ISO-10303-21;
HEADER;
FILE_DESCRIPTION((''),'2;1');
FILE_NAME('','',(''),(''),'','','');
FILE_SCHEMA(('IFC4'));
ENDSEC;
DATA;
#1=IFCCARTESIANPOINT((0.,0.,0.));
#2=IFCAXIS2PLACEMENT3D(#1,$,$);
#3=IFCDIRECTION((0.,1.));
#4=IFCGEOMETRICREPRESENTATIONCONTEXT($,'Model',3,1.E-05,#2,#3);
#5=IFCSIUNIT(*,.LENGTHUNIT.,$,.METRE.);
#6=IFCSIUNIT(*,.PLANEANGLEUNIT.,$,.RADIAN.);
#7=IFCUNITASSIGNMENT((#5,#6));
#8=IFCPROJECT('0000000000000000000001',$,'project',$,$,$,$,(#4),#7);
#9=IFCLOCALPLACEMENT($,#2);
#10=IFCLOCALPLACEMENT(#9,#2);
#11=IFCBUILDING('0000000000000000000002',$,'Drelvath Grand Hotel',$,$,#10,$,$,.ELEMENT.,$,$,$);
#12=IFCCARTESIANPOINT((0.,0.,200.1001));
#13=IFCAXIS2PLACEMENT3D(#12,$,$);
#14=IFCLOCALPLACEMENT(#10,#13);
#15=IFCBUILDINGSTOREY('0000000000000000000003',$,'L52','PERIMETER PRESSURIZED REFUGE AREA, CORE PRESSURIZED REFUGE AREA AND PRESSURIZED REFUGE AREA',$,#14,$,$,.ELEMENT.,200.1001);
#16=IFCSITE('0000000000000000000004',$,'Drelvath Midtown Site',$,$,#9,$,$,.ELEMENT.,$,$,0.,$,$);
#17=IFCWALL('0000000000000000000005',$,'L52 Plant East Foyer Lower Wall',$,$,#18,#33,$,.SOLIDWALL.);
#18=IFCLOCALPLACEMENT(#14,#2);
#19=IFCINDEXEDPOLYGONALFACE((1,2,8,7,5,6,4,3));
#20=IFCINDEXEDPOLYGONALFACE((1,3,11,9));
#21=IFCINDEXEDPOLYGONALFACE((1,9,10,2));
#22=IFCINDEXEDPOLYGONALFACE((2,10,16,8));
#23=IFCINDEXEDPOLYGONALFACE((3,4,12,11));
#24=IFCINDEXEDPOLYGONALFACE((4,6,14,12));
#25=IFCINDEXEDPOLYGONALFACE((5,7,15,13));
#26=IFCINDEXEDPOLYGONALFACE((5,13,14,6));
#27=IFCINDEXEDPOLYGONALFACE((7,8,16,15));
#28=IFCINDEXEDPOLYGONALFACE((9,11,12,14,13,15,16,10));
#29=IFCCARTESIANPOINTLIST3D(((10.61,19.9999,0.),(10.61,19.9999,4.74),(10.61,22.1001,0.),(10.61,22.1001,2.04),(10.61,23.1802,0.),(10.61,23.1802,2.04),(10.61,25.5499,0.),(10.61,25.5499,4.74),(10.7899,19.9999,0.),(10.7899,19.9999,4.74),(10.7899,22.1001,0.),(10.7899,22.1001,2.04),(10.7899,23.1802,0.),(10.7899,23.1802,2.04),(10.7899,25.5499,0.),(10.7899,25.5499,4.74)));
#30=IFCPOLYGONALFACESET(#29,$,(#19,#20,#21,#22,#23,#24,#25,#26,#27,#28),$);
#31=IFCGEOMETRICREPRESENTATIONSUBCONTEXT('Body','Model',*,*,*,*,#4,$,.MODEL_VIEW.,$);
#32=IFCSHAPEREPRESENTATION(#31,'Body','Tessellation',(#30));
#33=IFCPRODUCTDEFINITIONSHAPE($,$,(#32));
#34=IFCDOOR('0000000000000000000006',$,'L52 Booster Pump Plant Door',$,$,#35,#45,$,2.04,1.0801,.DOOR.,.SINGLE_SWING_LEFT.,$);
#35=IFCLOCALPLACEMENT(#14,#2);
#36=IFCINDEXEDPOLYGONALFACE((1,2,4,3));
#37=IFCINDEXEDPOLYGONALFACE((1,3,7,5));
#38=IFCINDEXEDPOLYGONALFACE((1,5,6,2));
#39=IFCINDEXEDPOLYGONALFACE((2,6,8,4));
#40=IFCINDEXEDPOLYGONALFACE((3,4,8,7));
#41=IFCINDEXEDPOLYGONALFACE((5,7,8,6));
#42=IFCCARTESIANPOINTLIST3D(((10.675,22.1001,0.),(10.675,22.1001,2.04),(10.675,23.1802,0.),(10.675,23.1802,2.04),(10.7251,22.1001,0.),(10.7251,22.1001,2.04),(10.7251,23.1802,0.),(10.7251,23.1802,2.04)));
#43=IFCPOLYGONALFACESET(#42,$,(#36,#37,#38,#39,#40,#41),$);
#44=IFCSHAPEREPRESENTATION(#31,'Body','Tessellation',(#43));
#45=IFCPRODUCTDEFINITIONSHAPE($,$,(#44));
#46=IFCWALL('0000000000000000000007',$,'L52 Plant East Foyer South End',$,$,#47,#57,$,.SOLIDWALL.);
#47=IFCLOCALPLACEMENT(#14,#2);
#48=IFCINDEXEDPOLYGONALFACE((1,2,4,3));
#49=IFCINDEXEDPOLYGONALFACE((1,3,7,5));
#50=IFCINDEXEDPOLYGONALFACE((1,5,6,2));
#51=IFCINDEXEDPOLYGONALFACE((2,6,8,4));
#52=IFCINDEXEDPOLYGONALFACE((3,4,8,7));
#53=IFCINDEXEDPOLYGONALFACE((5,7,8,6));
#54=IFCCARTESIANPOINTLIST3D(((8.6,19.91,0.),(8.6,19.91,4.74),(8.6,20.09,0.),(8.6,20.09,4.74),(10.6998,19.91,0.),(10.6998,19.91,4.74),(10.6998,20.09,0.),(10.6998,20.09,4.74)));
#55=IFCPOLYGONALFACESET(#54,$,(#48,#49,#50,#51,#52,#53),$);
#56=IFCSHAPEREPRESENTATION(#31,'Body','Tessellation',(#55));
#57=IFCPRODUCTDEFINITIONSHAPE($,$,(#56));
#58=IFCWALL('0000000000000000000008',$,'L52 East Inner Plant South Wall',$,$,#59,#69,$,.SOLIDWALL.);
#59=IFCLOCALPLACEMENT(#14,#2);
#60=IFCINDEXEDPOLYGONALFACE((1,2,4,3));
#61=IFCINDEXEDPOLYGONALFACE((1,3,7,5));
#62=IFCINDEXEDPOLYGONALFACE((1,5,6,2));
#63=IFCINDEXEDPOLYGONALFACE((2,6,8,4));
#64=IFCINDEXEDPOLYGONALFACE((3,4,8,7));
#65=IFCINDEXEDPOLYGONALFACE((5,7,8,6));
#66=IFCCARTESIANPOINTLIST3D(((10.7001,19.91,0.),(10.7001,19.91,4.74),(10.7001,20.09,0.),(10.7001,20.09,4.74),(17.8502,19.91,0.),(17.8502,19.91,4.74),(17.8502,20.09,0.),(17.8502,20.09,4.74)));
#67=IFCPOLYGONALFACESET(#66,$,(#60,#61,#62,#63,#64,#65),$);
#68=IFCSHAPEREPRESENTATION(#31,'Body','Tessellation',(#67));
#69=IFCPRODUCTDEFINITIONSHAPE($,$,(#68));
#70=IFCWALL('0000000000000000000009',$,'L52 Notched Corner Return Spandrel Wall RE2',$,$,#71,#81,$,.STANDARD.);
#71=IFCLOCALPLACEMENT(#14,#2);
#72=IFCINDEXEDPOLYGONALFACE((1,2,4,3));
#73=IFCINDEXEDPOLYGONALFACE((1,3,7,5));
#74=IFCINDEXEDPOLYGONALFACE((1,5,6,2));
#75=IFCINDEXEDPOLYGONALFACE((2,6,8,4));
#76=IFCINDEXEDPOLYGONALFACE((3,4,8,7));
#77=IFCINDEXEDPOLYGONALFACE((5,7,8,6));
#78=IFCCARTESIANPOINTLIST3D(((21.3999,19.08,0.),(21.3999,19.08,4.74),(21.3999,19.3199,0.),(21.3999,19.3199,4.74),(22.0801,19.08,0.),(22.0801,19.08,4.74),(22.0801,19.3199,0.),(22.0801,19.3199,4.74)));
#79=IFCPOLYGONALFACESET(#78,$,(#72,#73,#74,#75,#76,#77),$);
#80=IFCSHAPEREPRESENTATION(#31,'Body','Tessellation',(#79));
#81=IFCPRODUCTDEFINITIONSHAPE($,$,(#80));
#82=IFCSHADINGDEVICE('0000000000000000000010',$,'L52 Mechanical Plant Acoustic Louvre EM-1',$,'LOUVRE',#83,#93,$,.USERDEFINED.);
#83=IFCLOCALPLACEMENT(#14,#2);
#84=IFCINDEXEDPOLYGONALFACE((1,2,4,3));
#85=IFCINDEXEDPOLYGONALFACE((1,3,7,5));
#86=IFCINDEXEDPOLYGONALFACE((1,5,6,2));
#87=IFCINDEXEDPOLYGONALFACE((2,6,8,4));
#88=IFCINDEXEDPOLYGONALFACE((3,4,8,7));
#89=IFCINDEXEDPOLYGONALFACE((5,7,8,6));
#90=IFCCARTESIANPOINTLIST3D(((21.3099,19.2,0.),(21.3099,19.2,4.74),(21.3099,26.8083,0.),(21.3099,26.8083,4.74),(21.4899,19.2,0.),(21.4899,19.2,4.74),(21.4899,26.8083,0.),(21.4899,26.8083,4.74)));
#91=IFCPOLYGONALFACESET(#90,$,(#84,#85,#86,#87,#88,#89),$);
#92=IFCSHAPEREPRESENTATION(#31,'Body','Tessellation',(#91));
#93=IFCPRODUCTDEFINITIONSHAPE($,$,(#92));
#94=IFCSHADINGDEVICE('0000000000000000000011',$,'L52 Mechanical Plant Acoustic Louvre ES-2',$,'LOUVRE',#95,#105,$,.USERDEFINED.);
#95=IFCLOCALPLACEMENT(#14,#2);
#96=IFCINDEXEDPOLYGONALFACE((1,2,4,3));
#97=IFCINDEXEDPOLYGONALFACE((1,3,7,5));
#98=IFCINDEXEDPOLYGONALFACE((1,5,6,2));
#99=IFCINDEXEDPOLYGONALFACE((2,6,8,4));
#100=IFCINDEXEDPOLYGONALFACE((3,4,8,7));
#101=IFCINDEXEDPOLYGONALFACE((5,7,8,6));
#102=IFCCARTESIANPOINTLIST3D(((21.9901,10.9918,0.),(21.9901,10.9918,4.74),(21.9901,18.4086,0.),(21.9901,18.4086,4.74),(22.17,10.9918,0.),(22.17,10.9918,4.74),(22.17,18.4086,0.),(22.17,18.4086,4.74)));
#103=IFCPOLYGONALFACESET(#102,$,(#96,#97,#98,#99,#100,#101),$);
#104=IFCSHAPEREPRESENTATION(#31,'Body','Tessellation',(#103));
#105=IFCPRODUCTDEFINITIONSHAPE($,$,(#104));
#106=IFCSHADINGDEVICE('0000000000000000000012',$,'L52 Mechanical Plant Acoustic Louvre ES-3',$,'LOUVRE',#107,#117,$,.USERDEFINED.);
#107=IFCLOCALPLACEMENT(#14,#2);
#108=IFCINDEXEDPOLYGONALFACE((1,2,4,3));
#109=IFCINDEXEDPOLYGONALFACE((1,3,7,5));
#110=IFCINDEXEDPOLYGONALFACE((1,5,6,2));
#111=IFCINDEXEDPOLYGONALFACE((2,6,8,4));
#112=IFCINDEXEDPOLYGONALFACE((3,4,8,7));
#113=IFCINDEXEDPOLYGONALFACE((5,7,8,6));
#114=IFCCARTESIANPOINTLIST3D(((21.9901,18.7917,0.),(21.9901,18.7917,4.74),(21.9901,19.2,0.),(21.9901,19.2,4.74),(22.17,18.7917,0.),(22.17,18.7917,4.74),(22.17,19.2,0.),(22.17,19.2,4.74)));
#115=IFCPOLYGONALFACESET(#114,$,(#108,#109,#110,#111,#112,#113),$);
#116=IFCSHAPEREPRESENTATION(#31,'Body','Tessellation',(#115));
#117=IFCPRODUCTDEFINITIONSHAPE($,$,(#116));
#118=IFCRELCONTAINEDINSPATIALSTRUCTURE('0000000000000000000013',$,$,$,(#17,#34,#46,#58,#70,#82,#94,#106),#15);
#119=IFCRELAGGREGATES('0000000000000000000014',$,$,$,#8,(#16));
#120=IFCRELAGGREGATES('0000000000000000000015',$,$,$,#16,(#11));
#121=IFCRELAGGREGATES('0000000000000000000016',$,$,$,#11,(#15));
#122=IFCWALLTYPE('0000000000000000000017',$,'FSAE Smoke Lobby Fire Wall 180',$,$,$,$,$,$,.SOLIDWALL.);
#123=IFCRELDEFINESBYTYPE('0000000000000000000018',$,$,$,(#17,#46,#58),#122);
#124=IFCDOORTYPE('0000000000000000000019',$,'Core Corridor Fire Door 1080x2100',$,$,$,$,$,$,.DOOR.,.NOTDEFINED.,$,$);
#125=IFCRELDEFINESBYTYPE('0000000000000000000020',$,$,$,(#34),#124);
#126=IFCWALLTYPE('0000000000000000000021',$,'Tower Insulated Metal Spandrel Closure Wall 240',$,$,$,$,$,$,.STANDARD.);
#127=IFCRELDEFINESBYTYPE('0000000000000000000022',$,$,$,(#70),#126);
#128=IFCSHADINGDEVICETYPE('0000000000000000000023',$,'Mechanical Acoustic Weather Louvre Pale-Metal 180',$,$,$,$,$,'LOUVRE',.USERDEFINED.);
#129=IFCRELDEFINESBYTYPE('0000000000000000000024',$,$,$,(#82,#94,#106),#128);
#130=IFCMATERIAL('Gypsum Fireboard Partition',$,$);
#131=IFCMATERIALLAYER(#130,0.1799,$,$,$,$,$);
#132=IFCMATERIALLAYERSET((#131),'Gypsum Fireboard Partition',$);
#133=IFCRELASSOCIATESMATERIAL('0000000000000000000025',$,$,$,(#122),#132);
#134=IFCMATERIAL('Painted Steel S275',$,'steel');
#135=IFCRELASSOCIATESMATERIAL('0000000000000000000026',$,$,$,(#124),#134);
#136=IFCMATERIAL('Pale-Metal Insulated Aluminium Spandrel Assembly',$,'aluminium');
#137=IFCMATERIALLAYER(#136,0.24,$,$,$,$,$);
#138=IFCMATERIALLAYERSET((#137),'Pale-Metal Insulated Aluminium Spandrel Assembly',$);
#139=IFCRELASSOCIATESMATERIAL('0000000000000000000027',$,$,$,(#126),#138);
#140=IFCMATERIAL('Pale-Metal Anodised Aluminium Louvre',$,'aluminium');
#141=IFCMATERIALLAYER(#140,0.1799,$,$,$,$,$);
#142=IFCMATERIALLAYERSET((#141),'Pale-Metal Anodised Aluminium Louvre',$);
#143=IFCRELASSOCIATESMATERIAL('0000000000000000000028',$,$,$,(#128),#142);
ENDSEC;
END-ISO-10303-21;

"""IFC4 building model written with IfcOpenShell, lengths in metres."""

from ifc_helpers import new_model, si_unit, direction, frame, frame_2d, origin, origin_2d, place, context, subcontext, project, spatial, rectangle, extrude, material, layer, layer_set, type_object, element, fill, save


model = new_model("IFC4")

# Units and contexts
model_context = context("Model", 3, precision=1e-05, world=origin(), true_north=direction((0.0, 1.0)))
body_context = subcontext(model_context, "Body", "Model", "MODEL_VIEW")
ifc_project = project(units=[si_unit("LENGTHUNIT", "METRE"), si_unit("PLANEANGLEUNIT", "RADIAN")], contexts=[model_context])

# Site, building, storey
site_placement = place(None, origin())
site = spatial("IfcSite", under=ifc_project, at=site_placement, Name="Drelvath Midtown Site", CompositionType="ELEMENT", RefElevation=0.0)
building_placement = place(site_placement, origin())
building = spatial("IfcBuilding", under=site, at=building_placement, Name="Drelvath Grand Hotel", CompositionType="ELEMENT")
storey_placement = place(building_placement, frame((0.0, 0.0, 200.1001)))
storey = spatial("IfcBuildingStorey", under=building, at=storey_placement, Name="L52", Description="PERIMETER PRESSURIZED REFUGE AREA, CORE PRESSURIZED REFUGE AREA AND PRESSURIZED REFUGE AREA", CompositionType="ELEMENT", Elevation=200.1001)

# Shared definitions
ifc_material_1 = material(Name="Gypsum Fireboard Partition")
ifc_layer_1 = layer(ifc_material_1, 0.1799)
ifc_layer_set_1 = layer_set([ifc_layer_1], Name="Gypsum Fireboard Partition")
wall_type_1 = type_object("IfcWallType", Name="FSAE Smoke Lobby Fire Wall 180", PredefinedType="SOLIDWALL", material=ifc_layer_set_1)

# Wall, opening, door
wall_1_placement = place(storey_placement, frame((10.7, 20.0, 0.0), z_axis=(0.0, 0.0, 1.0), x_axis=(0.0, 1.0, 0.0)))
wall_1 = element("IfcWall", 1, at=wall_1_placement, inside=storey, type_object=wall_type_1, Name="L52 Plant East Foyer Lower Wall", PredefinedType="SOLIDWALL", context=body_context, shape_type="SweptSolid", body=[
    extrude(rectangle(XDim=5.55, YDim=0.1799, at=frame_2d((2.7749, 0.0))), origin(), (0.0, 0.0, 1.0), 4.74),
])
opening_placement = place(wall_1_placement, frame((2.1001, 0.0, 0.0)))
opening = element("IfcOpeningElement", 2, at=opening_placement, cuts=wall_1, PredefinedType="OPENING", context=body_context, shape_type="SweptSolid", body=[
    extrude(rectangle(XDim=1.0801, YDim=2.04, at=frame_2d((0.54, 1.02))), frame((0.0, 0.0999, 0.0), z_axis=(0.0, -1.0, 0.0), x_axis=(1.0, 0.0, 0.0)), (0.0, 0.0, 1.0), 0.2),
])
ifc_material_2 = material(Name="Painted Steel S275", Category="steel")
door_type = type_object("IfcDoorType", Name="Core Corridor Fire Door 1080x2100", OperationType="NOTDEFINED", PredefinedType="DOOR", material=ifc_material_2)
door_placement = place(opening_placement, origin())
door = element("IfcDoor", 3, at=door_placement, inside=storey, type_object=door_type, Name="L52 Booster Pump Plant Door", OperationType="SINGLE_SWING_LEFT", OverallHeight=2.04, OverallWidth=1.0801, PredefinedType="DOOR", context=body_context, shape_type="SweptSolid", body=[
    extrude(rectangle(XDim=1.0801, YDim=2.04, at=frame_2d((0.54, 1.02))), frame((0.0, 0.0249, 0.0), z_axis=(0.0, -1.0, 0.0), x_axis=(1.0, 0.0, 0.0)), (0.0, 0.0, 1.0), 0.05),
])
fill(opening, door)

# Walls
wall_2_placement = place(storey_placement, frame((8.6001, 20.0, 0.0), z_axis=(0.0, 0.0, 1.0), x_axis=(1.0, 0.0, 0.0)))
element("IfcWall", 4, at=wall_2_placement, inside=storey, type_object=wall_type_1, Name="L52 Plant East Foyer South End", PredefinedType="SOLIDWALL", context=body_context, shape_type="SweptSolid", body=[
    extrude(rectangle(XDim=2.0999, YDim=0.1799, at=frame_2d((1.0498, 0.0))), origin(), (0.0, 0.0, 1.0), 4.74),
])
wall_3_placement = place(storey_placement, frame((10.7, 20.0, 0.0), z_axis=(0.0, 0.0, 1.0), x_axis=(1.0, 0.0, 0.0)))
element("IfcWall", 5, at=wall_3_placement, inside=storey, type_object=wall_type_1, Name="L52 East Inner Plant South Wall", PredefinedType="SOLIDWALL", context=body_context, shape_type="SweptSolid", body=[
    extrude(rectangle(XDim=7.1501, YDim=0.1799, at=frame_2d((3.5752, 0.0))), origin(), (0.0, 0.0, 1.0), 4.74),
])
ifc_material_3 = material(Name="Pale-Metal Insulated Aluminium Spandrel Assembly", Category="aluminium")
ifc_layer_2 = layer(ifc_material_3, 0.24)
ifc_layer_set_2 = layer_set([ifc_layer_2], Name="Pale-Metal Insulated Aluminium Spandrel Assembly")
wall_type_2 = type_object("IfcWallType", Name="Tower Insulated Metal Spandrel Closure Wall 240", PredefinedType="STANDARD", material=ifc_layer_set_2)
wall_4_placement = place(storey_placement, frame((21.3999, 19.2, 0.0), z_axis=(0.0, 0.0, 1.0), x_axis=(1.0, 0.0, 0.0)))
element("IfcWall", 6, at=wall_4_placement, inside=storey, type_object=wall_type_2, Name="L52 Notched Corner Return Spandrel Wall RE2", PredefinedType="STANDARD", context=body_context, shape_type="SweptSolid", body=[
    extrude(rectangle(XDim=0.6802, YDim=0.24, at=frame_2d((0.3401, 0.0))), origin(), (0.0, 0.0, 1.0), 4.74),
])

# Shading devices
ifc_material_4 = material(Name="Pale-Metal Anodised Aluminium Louvre", Category="aluminium")
ifc_layer_3 = layer(ifc_material_4, 0.1799)
ifc_layer_set_3 = layer_set([ifc_layer_3], Name="Pale-Metal Anodised Aluminium Louvre")
shading_device_type = type_object("IfcShadingDeviceType", Name="Mechanical Acoustic Weather Louvre Pale-Metal 180", ElementType="LOUVRE", PredefinedType="USERDEFINED", material=ifc_layer_set_3)
shading_device_1_placement = place(storey_placement, frame((21.3999, 23.0042, 0.0), z_axis=(0.0, 0.0, 1.0), x_axis=(0.0, 1.0, 0.0)))
element("IfcShadingDevice", 7, at=shading_device_1_placement, inside=storey, type_object=shading_device_type, Name="L52 Mechanical Plant Acoustic Louvre EM-1", ObjectType="LOUVRE", PredefinedType="USERDEFINED", context=body_context, shape_type="SweptSolid", body=[
    extrude(rectangle(XDim=7.6084, YDim=0.1799, at=origin_2d()), origin(), (0.0, 0.0, 1.0), 4.74),
])
shading_device_2_placement = place(storey_placement, frame((22.0801, 14.7002, 0.0), z_axis=(0.0, 0.0, 1.0), x_axis=(0.0, 1.0, 0.0)))
element("IfcShadingDevice", 8, at=shading_device_2_placement, inside=storey, type_object=shading_device_type, Name="L52 Mechanical Plant Acoustic Louvre ES-2", ObjectType="LOUVRE", PredefinedType="USERDEFINED", context=body_context, shape_type="SweptSolid", body=[
    extrude(rectangle(XDim=7.4167, YDim=0.1799, at=origin_2d()), origin(), (0.0, 0.0, 1.0), 4.74),
])
shading_device_3_placement = place(storey_placement, frame((22.0801, 18.9958, 0.0), z_axis=(0.0, 0.0, 1.0), x_axis=(0.0, 1.0, 0.0)))
element("IfcShadingDevice", 9, at=shading_device_3_placement, inside=storey, type_object=shading_device_type, Name="L52 Mechanical Plant Acoustic Louvre ES-3", ObjectType="LOUVRE", PredefinedType="USERDEFINED", context=body_context, shape_type="SweptSolid", body=[
    extrude(rectangle(XDim=0.4082, YDim=0.1799, at=origin_2d()), origin(), (0.0, 0.0, 1.0), 4.74),
])

save(model, "model.ifc")
